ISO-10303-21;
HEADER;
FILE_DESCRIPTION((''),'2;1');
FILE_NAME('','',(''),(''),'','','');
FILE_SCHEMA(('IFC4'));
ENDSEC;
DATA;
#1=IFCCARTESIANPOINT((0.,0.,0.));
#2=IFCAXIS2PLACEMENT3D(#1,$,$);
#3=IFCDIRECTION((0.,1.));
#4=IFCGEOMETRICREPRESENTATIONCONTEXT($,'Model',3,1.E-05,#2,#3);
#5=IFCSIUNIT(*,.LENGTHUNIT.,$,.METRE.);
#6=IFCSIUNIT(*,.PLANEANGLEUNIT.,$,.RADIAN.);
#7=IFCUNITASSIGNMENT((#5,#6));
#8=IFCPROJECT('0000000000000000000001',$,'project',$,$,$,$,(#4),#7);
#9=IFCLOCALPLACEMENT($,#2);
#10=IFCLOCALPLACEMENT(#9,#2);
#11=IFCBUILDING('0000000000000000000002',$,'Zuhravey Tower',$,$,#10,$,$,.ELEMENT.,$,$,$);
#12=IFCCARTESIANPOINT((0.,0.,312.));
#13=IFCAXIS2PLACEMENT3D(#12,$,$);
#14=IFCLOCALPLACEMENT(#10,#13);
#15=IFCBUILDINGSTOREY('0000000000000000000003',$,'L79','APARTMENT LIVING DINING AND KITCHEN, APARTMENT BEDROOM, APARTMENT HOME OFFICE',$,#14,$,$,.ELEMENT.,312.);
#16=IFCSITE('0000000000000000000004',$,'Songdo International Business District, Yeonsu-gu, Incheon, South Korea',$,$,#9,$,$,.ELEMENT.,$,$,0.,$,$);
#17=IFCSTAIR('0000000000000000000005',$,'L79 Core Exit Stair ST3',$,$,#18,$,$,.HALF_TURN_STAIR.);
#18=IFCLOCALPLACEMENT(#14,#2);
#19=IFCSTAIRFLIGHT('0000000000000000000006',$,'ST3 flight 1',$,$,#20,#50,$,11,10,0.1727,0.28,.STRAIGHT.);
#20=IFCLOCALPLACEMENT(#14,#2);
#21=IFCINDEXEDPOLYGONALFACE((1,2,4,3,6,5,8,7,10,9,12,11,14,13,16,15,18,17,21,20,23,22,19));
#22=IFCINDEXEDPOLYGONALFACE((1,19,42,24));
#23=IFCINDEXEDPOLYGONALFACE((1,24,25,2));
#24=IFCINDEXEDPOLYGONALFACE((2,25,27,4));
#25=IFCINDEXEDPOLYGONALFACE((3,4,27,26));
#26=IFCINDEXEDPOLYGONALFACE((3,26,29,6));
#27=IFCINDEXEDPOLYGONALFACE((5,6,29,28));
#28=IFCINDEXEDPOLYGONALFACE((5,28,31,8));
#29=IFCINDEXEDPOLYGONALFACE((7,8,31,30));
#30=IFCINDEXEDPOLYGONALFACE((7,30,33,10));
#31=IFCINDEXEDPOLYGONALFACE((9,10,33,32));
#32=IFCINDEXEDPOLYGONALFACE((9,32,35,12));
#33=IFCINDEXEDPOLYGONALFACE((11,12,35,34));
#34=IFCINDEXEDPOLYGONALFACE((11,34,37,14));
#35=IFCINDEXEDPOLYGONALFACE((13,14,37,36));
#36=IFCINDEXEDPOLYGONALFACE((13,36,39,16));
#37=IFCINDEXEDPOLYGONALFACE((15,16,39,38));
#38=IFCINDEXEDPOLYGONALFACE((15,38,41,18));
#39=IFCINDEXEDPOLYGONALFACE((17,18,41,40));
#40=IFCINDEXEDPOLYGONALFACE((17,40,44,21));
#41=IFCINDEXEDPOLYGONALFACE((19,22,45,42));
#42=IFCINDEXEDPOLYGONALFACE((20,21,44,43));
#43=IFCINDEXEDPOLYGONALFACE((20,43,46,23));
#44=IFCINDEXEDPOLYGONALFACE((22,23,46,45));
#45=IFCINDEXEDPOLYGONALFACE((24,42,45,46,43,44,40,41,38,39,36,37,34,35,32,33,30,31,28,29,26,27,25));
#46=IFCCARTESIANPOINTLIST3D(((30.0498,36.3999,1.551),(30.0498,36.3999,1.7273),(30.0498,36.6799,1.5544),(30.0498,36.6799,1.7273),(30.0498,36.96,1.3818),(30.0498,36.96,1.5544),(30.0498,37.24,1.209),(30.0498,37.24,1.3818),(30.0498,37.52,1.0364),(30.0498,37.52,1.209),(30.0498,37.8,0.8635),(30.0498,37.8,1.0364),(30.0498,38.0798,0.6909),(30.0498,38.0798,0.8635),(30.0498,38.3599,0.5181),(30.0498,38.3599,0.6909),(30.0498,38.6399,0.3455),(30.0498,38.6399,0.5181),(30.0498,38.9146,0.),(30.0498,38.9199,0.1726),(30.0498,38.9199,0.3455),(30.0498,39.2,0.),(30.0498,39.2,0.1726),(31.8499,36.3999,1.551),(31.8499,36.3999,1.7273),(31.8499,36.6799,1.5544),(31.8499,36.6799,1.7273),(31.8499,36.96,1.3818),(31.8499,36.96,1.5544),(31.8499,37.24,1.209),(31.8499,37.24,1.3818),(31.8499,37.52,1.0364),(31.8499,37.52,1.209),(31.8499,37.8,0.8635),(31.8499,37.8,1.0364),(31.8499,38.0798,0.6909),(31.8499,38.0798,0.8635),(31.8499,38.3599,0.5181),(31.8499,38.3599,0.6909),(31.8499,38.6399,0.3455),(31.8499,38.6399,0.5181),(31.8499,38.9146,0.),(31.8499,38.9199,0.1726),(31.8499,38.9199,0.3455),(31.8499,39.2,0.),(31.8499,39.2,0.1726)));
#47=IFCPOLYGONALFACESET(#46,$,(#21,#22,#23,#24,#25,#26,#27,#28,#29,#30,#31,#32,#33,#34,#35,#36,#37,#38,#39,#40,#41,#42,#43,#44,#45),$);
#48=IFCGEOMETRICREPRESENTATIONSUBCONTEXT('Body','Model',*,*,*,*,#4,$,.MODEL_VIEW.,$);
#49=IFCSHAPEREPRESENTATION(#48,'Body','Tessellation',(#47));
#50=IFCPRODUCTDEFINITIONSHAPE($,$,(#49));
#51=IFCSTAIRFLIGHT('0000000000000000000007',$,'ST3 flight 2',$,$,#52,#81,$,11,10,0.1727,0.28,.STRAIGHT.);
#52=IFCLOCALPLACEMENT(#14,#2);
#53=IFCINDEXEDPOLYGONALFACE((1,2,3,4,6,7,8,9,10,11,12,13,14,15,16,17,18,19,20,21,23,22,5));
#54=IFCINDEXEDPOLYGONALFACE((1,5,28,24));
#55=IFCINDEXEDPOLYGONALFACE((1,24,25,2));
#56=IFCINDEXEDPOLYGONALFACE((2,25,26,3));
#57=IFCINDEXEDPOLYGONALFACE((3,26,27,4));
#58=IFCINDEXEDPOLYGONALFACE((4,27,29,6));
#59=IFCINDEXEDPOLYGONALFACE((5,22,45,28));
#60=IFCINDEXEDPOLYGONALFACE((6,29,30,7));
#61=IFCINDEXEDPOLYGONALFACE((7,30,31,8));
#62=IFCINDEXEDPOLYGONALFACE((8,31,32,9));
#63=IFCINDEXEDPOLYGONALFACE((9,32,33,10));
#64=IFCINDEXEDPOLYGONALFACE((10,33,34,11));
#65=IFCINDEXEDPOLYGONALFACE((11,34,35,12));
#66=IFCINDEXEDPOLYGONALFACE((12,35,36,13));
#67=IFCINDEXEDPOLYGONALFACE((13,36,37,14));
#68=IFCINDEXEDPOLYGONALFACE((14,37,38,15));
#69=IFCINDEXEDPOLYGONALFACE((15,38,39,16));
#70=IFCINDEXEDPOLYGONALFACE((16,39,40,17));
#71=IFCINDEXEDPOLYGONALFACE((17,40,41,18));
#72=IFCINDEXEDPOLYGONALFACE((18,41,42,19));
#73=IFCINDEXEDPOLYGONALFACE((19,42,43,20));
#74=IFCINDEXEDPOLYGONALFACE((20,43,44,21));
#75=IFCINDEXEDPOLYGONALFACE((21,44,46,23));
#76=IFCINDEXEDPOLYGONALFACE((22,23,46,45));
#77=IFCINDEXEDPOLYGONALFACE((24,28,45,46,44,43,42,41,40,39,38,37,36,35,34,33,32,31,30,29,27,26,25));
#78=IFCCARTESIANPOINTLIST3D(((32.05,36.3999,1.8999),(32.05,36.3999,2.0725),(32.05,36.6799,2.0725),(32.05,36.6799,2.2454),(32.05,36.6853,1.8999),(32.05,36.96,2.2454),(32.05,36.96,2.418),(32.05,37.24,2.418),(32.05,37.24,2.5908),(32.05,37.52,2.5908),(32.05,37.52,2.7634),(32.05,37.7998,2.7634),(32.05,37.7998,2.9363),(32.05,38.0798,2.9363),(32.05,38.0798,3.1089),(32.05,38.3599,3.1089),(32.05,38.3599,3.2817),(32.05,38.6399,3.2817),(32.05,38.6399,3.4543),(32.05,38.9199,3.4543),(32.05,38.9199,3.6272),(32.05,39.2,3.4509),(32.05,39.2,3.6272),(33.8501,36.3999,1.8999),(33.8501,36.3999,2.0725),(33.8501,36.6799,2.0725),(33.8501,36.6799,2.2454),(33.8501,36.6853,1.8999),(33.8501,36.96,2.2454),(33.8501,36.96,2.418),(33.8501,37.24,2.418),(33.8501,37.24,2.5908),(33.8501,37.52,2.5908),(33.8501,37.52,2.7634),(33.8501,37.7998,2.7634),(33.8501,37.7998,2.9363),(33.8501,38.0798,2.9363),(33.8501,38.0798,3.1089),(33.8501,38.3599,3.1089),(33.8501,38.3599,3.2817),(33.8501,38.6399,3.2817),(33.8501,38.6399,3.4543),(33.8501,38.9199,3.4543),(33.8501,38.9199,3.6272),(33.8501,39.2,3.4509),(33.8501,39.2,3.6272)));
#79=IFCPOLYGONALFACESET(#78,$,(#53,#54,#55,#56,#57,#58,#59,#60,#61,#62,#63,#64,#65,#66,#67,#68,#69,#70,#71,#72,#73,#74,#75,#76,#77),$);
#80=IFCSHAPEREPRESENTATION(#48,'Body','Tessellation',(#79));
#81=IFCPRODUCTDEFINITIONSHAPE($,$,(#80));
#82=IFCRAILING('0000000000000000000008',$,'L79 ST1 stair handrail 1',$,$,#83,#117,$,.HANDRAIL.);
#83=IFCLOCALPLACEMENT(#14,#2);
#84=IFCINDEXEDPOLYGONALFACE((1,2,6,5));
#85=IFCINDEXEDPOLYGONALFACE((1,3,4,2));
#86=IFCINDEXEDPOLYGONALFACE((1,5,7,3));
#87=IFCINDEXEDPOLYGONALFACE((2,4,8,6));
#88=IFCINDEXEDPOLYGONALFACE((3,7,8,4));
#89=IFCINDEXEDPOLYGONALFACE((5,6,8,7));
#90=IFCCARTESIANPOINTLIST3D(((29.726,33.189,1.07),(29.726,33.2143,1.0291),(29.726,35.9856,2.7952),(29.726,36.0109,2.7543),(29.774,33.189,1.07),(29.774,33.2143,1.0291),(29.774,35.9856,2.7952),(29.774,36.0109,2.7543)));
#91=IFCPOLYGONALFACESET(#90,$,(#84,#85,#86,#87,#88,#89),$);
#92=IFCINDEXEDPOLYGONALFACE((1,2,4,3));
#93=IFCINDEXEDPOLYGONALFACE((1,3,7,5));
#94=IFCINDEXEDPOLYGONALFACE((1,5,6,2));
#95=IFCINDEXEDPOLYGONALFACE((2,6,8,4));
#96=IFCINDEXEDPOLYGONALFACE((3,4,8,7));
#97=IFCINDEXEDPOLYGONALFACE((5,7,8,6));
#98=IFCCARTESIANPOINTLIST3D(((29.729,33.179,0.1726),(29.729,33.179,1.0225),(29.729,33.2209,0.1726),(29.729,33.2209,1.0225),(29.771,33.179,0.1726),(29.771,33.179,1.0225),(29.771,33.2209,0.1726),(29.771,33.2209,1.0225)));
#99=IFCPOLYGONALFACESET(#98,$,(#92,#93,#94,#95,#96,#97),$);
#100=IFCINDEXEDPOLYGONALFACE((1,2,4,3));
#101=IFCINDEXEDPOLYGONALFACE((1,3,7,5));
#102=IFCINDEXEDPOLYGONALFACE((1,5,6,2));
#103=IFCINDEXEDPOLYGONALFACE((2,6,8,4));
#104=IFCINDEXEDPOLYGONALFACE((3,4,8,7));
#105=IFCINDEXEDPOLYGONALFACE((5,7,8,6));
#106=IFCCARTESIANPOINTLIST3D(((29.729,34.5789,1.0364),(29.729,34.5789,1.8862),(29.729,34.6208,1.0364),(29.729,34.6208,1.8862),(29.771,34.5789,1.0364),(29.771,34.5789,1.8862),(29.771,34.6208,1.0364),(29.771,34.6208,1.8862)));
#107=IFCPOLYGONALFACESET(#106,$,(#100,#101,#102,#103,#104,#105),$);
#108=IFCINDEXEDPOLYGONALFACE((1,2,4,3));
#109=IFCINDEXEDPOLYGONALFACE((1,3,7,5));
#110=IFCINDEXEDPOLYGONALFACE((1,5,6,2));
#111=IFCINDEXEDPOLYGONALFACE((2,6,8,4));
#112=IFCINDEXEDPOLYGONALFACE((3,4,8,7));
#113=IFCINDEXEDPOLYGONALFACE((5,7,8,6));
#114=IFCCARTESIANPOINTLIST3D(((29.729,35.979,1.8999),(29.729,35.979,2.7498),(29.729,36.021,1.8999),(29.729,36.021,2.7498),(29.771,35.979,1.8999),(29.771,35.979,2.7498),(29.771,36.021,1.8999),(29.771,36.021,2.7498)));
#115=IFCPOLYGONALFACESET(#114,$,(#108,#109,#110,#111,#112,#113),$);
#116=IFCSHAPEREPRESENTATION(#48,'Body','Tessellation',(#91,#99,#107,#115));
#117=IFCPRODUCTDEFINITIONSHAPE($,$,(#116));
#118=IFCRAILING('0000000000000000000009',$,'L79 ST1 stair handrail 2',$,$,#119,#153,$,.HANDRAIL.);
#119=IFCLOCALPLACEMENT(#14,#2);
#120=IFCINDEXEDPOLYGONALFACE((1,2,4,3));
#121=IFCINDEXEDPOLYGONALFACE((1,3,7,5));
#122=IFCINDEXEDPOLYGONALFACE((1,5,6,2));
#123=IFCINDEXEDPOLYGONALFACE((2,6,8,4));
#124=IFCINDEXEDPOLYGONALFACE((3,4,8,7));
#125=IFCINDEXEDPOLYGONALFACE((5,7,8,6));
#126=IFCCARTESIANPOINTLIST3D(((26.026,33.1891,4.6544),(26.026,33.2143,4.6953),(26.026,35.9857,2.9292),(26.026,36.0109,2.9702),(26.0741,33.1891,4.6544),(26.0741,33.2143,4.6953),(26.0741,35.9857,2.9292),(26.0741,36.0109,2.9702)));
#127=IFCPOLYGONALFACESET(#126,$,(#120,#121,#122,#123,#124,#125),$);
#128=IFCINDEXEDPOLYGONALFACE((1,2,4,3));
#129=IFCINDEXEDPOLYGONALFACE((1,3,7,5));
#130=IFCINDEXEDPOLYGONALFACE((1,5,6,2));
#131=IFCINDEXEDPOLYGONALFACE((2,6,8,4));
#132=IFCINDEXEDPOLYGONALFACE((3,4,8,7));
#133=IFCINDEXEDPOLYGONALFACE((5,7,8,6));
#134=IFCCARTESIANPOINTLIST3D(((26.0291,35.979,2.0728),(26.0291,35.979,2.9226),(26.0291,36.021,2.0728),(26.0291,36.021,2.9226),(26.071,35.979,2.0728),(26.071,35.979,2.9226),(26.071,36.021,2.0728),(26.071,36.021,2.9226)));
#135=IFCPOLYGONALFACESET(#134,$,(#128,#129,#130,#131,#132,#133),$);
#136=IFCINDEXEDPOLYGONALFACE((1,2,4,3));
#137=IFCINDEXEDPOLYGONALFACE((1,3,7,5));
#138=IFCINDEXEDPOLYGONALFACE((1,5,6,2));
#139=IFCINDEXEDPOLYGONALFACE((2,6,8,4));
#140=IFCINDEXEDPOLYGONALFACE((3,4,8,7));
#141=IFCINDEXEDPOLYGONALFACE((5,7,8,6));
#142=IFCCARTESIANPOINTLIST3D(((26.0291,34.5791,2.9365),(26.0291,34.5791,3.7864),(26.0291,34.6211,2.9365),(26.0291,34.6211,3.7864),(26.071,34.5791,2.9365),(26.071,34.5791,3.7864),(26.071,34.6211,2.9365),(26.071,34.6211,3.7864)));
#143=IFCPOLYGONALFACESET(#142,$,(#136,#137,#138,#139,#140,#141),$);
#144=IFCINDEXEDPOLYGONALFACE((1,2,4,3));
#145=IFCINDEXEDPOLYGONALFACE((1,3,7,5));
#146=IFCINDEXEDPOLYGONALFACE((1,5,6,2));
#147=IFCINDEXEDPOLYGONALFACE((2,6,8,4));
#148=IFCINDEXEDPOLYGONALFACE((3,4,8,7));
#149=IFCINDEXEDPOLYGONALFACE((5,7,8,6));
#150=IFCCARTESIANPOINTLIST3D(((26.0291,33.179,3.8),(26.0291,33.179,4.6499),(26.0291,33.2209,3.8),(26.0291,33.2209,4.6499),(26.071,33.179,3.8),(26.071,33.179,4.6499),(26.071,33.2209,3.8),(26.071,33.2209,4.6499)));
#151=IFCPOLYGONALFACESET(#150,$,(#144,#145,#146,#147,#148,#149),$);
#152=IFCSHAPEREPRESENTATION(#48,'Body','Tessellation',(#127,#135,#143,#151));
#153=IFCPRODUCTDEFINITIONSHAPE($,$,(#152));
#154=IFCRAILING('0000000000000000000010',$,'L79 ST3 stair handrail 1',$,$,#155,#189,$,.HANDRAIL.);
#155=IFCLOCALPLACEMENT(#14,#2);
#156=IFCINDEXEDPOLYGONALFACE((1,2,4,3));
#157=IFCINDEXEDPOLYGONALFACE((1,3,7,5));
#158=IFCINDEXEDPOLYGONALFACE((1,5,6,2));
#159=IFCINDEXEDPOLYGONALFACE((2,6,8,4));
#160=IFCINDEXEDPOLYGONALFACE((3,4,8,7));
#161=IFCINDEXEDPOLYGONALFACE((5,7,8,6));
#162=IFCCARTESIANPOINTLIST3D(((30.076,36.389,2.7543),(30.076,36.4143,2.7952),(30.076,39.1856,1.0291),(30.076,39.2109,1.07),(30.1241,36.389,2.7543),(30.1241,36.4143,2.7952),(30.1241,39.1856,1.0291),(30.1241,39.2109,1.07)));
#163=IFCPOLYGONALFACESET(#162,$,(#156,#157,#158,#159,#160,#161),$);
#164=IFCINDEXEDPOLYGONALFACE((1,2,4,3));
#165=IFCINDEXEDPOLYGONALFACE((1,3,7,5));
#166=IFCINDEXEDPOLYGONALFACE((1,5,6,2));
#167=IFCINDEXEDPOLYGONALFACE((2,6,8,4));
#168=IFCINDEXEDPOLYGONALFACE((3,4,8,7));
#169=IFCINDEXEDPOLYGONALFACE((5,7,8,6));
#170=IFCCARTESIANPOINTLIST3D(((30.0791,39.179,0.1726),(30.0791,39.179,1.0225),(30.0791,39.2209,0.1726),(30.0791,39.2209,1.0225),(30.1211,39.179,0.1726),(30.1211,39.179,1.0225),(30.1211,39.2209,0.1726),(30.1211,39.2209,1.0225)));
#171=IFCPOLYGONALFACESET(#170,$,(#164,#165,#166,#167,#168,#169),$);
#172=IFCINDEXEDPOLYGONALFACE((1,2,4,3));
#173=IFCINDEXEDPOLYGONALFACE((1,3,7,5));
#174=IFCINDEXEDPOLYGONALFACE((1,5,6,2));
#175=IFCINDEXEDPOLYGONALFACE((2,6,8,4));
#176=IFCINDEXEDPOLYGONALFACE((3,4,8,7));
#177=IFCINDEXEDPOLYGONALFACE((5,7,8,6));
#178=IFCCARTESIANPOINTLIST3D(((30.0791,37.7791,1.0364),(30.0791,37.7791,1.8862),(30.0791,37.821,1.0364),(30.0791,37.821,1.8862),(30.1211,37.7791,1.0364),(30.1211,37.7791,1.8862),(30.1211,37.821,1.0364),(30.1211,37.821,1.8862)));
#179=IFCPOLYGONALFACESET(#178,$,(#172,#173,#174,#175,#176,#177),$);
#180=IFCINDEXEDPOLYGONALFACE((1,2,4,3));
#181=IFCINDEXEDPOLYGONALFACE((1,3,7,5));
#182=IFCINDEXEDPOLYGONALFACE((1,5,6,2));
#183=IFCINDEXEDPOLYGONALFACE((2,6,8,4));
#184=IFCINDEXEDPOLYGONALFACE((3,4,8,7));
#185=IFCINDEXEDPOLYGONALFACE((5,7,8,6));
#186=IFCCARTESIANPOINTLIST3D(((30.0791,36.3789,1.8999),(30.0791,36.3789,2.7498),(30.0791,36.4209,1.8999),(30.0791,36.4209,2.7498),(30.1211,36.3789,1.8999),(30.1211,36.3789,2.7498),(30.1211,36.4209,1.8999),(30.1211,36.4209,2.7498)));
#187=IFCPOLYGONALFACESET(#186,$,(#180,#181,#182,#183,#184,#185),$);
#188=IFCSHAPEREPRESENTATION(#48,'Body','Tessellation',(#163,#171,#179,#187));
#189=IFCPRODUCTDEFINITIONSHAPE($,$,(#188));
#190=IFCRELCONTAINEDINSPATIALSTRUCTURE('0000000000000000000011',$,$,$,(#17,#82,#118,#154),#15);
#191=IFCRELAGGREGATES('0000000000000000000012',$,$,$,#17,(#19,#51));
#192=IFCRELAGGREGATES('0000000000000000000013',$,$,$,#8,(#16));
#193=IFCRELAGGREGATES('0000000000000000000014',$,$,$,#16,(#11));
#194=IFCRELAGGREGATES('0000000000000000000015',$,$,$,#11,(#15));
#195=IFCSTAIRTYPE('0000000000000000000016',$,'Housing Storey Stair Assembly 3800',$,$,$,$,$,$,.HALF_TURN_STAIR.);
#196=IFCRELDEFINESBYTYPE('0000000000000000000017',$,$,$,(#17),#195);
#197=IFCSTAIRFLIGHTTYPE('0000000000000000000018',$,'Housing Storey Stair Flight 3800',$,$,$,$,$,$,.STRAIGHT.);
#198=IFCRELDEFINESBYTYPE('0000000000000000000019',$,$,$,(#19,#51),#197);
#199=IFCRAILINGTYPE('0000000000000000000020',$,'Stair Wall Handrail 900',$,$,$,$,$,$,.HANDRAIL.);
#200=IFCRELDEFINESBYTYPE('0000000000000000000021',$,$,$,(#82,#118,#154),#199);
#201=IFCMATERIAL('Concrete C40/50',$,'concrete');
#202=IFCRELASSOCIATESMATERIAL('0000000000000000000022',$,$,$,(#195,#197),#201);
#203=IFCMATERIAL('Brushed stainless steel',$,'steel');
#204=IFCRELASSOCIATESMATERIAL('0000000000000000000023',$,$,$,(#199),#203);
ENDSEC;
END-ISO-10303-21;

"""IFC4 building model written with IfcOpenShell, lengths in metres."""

from ifc_helpers import new_model, si_unit, direction, frame, origin, origin_2d, place, context, subcontext, project, spatial, polyline, rectangle, outline, extrude, material, type_object, element, aggregate, save


model = new_model("IFC4")

# Units and contexts
model_context = context("Model", 3, precision=1e-05, world=origin(), true_north=direction((0.0, 1.0)))
body_context = subcontext(model_context, "Body", "Model", "MODEL_VIEW")
ifc_project = project(units=[si_unit("LENGTHUNIT", "METRE"), si_unit("PLANEANGLEUNIT", "RADIAN")], contexts=[model_context])

# Site, building, storey
site_placement = place(None, origin())
site = spatial("IfcSite", under=ifc_project, at=site_placement, Name="Songdo International Business District, Yeonsu-gu, Incheon, South Korea", CompositionType="ELEMENT", RefElevation=0.0)
building_placement = place(site_placement, origin())
building = spatial("IfcBuilding", under=site, at=building_placement, Name="Zuhravey Tower", CompositionType="ELEMENT")
storey_placement = place(building_placement, frame((0.0, 0.0, 312.0)))
storey = spatial("IfcBuildingStorey", under=building, at=storey_placement, Name="L79", Description="APARTMENT LIVING DINING AND KITCHEN, APARTMENT BEDROOM, APARTMENT HOME OFFICE", CompositionType="ELEMENT", Elevation=312.0)

# Stair, stair flights
ifc_material_1 = material(Name="Concrete C40/50", Category="concrete")
stair_type = type_object("IfcStairType", Name="Housing Storey Stair Assembly 3800", PredefinedType="HALF_TURN_STAIR", material=ifc_material_1)
stair_flight_type = type_object("IfcStairFlightType", Name="Housing Storey Stair Flight 3800", PredefinedType="STRAIGHT", material=ifc_material_1)
stair_1_placement = place(storey_placement, origin())
stair_1 = element("IfcStair", 1, at=stair_1_placement, inside=storey, type_object=stair_type, Name="L79 Core Exit Stair ST3", PredefinedType="HALF_TURN_STAIR")
stair_flight_1_placement = place(storey_placement, frame((30.95, 39.2, 0.0), z_axis=(0.0, 0.0, 1.0), x_axis=(0.0, -1.0, 0.0)))
stair_flight_1 = element("IfcStairFlight", 2, at=stair_flight_1_placement, type_object=stair_flight_type, Name="ST3 flight 1", NumberOfRisers=11, NumberOfTreads=10, PredefinedType="STRAIGHT", RiserHeight=0.1727, TreadLength=0.28, context=body_context, shape_type="SweptSolid", body=[
    extrude(outline(polyline([(0.0, 0.0), (0.0, 0.1726), (0.28, 0.1726), (0.28, 0.3455), (0.5601, 0.3455), (0.5601, 0.5181), (0.8401, 0.5181), (0.8401, 0.6909), (1.1201, 0.6909), (1.1201, 0.8635), (1.3999, 0.8635), (1.3999, 1.0364), (1.6799, 1.0364), (1.6799, 1.209), (1.96, 1.209), (1.96, 1.3818), (2.24, 1.3818), (2.24, 1.5544), (2.52, 1.5544), (2.52, 1.7273), (2.8, 1.7273), (2.8, 1.8999), (2.8, 1.551), (0.2854, 0.0), (0.0, 0.0)])), frame((0.0, 0.8999, 0.0), z_axis=(0.0, -1.0, 0.0), x_axis=(1.0, 0.0, 0.0)), (0.0, 0.0, 1.0), 1.8),
])
stair_flight_2_placement = place(storey_placement, frame((32.95, 36.3999, 1.8999), z_axis=(0.0, 0.0, 1.0), x_axis=(0.0, 1.0, 0.0)))
stair_flight_2 = element("IfcStairFlight", 3, at=stair_flight_2_placement, type_object=stair_flight_type, Name="ST3 flight 2", NumberOfRisers=11, NumberOfTreads=10, PredefinedType="STRAIGHT", RiserHeight=0.1727, TreadLength=0.28, context=body_context, shape_type="SweptSolid", body=[
    extrude(outline(polyline([(0.0, 0.0), (0.0, 0.1726), (0.28, 0.1726), (0.28, 0.3455), (0.5601, 0.3455), (0.5601, 0.5181), (0.8401, 0.5181), (0.8401, 0.6909), (1.1201, 0.6909), (1.1201, 0.8635), (1.3999, 0.8635), (1.3999, 1.0364), (1.6799, 1.0364), (1.6799, 1.209), (1.96, 1.209), (1.96, 1.3818), (2.24, 1.3818), (2.24, 1.5544), (2.52, 1.5544), (2.52, 1.7273), (2.8, 1.7273), (2.8, 1.8999), (2.8, 1.551), (0.2854, 0.0), (0.0, 0.0)])), frame((0.0, 0.8999, 0.0), z_axis=(0.0, -1.0, 0.0), x_axis=(1.0, 0.0, 0.0)), (0.0, 0.0, 1.0), 1.8),
])
aggregate(stair_1, [stair_flight_1, stair_flight_2])

# Railings
ifc_material_2 = material(Name="Brushed stainless steel", Category="steel")
railing_type_1 = type_object("IfcRailingType", Name="Stair Wall Handrail 900", PredefinedType="HANDRAIL", material=ifc_material_2)
railing_1_placement = place(storey_placement, frame((29.75, 33.2, 0.1726)))
element("IfcRailing", 4, at=railing_1_placement, inside=storey, type_object=railing_type_1, Name="L79 ST1 stair handrail 1", PredefinedType="HANDRAIL", context=body_context, shape_type="SweptSolid", body=[
    extrude(rectangle(XDim=0.0481, YDim=0.0481, at=origin_2d()), frame((0.0, 0.0017, 0.877), z_axis=(0.0, 0.85109, 0.52502), x_axis=(-1.0, 0.0, 0.0)), (0.0, 0.0, 1.0), 3.2859),
    extrude(rectangle(XDim=0.042, YDim=0.042, at=origin_2d()), origin(), (0.0, 0.0, 1.0), 0.8499),
    extrude(rectangle(XDim=0.042, YDim=0.042, at=origin_2d()), frame((0.0, 1.3999, 0.8638)), (0.0, 0.0, 1.0), 0.8499),
    extrude(rectangle(XDim=0.042, YDim=0.042, at=origin_2d()), frame((0.0, 2.8, 1.7273)), (0.0, 0.0, 1.0), 0.8499),
])
for number, where, name in (
    (5, (26.05, 36.0, 2.0728), "L79 ST1 stair handrail 2"),
    (6, (30.1001, 39.2, 0.1726), "L79 ST3 stair handrail 1"),
):
    element("IfcRailing", number, at=place(storey_placement, frame(where)), inside=storey, type_object=railing_type_1, Name=name, PredefinedType="HANDRAIL", context=body_context, shape_type="SweptSolid", body=[
        extrude(rectangle(XDim=0.0481, YDim=0.0481, at=origin_2d()), frame((0.0, -0.0017, 0.877), z_axis=(0.0, -0.85109, 0.52502), x_axis=(1.0, 0.0, 0.0)), (0.0, 0.0, 1.0), 3.2859),
        extrude(rectangle(XDim=0.042, YDim=0.042, at=origin_2d()), origin(), (0.0, 0.0, 1.0), 0.8499),
        extrude(rectangle(XDim=0.042, YDim=0.042, at=origin_2d()), frame((0.0, -1.3999, 0.8638)), (0.0, 0.0, 1.0), 0.8499),
        extrude(rectangle(XDim=0.042, YDim=0.042, at=origin_2d()), frame((0.0, -2.8, 1.7273)), (0.0, 0.0, 1.0), 0.8499),
    ])

save(model, "model.ifc")
